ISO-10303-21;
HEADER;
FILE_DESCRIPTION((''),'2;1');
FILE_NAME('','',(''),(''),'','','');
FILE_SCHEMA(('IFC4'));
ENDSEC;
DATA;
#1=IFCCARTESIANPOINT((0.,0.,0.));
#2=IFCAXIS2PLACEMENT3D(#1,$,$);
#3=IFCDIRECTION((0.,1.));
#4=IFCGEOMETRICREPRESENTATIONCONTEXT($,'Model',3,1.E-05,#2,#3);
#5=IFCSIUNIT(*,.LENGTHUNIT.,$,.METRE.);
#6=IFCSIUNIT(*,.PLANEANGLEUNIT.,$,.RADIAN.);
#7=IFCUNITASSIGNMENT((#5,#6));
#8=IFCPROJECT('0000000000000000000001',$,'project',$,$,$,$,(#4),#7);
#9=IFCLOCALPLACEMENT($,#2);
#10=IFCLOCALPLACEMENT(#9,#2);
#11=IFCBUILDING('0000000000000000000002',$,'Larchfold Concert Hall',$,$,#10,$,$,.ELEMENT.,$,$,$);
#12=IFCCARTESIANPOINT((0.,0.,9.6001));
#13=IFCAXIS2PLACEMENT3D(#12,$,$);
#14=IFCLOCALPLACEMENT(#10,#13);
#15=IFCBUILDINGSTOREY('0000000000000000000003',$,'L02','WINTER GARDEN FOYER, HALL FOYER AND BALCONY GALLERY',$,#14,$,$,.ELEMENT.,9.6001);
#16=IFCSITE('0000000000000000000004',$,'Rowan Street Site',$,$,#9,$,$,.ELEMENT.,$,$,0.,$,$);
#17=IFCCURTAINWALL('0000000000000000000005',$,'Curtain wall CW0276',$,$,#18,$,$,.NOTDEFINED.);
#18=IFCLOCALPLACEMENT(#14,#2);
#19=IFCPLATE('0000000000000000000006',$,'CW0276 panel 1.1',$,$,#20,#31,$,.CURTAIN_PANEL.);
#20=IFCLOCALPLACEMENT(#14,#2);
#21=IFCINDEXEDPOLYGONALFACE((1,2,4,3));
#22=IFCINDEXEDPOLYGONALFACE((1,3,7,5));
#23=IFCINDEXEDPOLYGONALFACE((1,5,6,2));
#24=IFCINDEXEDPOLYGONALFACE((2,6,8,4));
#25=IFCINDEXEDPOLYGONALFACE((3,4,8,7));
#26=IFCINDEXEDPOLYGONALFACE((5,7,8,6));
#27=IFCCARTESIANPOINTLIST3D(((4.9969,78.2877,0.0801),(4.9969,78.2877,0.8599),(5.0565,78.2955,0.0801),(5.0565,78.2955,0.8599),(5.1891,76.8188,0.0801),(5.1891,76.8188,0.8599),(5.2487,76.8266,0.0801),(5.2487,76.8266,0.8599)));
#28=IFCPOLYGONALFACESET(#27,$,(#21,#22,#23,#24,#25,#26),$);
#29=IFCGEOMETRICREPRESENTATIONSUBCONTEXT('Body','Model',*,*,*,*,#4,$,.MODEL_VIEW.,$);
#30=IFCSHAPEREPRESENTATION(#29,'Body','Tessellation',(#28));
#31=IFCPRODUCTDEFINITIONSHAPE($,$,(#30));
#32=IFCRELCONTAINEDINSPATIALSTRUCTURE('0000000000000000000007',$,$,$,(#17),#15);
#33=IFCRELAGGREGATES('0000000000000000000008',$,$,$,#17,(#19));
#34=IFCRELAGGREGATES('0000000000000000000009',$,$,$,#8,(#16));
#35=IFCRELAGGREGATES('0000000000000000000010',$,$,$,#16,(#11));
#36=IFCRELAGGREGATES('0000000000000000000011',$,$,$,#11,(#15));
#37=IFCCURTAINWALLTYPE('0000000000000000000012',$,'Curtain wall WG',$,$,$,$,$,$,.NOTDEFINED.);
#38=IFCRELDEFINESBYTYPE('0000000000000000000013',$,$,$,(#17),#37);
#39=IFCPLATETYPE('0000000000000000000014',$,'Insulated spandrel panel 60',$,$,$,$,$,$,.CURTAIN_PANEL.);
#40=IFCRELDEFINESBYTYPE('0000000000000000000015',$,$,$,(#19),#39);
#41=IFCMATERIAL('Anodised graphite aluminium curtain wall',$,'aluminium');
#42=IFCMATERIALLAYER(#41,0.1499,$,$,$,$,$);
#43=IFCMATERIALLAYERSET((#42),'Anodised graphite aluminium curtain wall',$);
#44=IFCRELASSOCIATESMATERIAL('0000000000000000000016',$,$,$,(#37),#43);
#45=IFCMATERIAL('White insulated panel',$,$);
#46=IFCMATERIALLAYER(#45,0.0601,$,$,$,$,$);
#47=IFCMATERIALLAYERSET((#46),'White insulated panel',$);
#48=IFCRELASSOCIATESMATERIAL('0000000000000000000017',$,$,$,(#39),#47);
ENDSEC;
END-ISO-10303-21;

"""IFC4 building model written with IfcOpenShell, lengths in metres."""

from ifc_helpers import new_model, si_unit, direction, frame, origin, origin_2d, place, context, subcontext, project, spatial, rectangle, extrude, material, layer, layer_set, type_object, element, aggregate, save


model = new_model("IFC4")

# Units and contexts
model_context = context("Model", 3, precision=1e-05, world=origin(), true_north=direction((0.0, 1.0)))
body_context = subcontext(model_context, "Body", "Model", "MODEL_VIEW")
ifc_project = project(units=[si_unit("LENGTHUNIT", "METRE"), si_unit("PLANEANGLEUNIT", "RADIAN")], contexts=[model_context])

# Site, building, storey
site_placement = place(None, origin())
site = spatial("IfcSite", under=ifc_project, at=site_placement, Name="Rowan Street Site", CompositionType="ELEMENT", RefElevation=0.0)
building_placement = place(site_placement, origin())
building = spatial("IfcBuilding", under=site, at=building_placement, Name="Larchfold Concert Hall", CompositionType="ELEMENT")
storey_placement = place(building_placement, frame((0.0, 0.0, 9.6001)))
storey = spatial("IfcBuildingStorey", under=building, at=storey_placement, Name="L02", Description="WINTER GARDEN FOYER, HALL FOYER AND BALCONY GALLERY", CompositionType="ELEMENT", Elevation=9.6001)

# Shared definitions
ifc_material_1 = material(Name="Anodised graphite aluminium curtain wall", Category="aluminium")
ifc_layer_1 = layer(ifc_material_1, 0.1499)
ifc_layer_set_1 = layer_set([ifc_layer_1], Name="Anodised graphite aluminium curtain wall")
curtain_wall_type = type_object("IfcCurtainWallType", Name="Curtain wall WG", PredefinedType="NOTDEFINED", material=ifc_layer_set_1)

# Curtain wall
curtain_wall_1_placement = place(storey_placement, origin())
curtain_wall_1 = element("IfcCurtainWall", 1, at=curtain_wall_1_placement, inside=storey, type_object=curtain_wall_type, Name="Curtain wall CW0276", PredefinedType="NOTDEFINED")

# Plate
ifc_material_2 = material(Name="White insulated panel")
ifc_layer_2 = layer(ifc_material_2, 0.0601)
ifc_layer_set_2 = layer_set([ifc_layer_2], Name="White insulated panel")
plate_type_1 = type_object("IfcPlateType", Name="Insulated spandrel panel 60", PredefinedType="CURTAIN_PANEL", material=ifc_layer_set_2)
plate_1_placement = place(storey_placement, frame((5.1228, 77.5571, 0.0801), z_axis=(0.0, 0.0, 1.0), x_axis=(0.129731, -0.991549, 0.0)))
plate_1 = element("IfcPlate", 2, at=plate_1_placement, type_object=plate_type_1, Name="CW0276 panel 1.1", PredefinedType="CURTAIN_PANEL", context=body_context, shape_type="SweptSolid", body=[
    extrude(rectangle(XDim=1.4814, YDim=0.0601, at=origin_2d()), origin(), (0.0, 0.0, 1.0), 0.7798),
])
aggregate(curtain_wall_1, [plate_1])

save(model, "model.ifc")
